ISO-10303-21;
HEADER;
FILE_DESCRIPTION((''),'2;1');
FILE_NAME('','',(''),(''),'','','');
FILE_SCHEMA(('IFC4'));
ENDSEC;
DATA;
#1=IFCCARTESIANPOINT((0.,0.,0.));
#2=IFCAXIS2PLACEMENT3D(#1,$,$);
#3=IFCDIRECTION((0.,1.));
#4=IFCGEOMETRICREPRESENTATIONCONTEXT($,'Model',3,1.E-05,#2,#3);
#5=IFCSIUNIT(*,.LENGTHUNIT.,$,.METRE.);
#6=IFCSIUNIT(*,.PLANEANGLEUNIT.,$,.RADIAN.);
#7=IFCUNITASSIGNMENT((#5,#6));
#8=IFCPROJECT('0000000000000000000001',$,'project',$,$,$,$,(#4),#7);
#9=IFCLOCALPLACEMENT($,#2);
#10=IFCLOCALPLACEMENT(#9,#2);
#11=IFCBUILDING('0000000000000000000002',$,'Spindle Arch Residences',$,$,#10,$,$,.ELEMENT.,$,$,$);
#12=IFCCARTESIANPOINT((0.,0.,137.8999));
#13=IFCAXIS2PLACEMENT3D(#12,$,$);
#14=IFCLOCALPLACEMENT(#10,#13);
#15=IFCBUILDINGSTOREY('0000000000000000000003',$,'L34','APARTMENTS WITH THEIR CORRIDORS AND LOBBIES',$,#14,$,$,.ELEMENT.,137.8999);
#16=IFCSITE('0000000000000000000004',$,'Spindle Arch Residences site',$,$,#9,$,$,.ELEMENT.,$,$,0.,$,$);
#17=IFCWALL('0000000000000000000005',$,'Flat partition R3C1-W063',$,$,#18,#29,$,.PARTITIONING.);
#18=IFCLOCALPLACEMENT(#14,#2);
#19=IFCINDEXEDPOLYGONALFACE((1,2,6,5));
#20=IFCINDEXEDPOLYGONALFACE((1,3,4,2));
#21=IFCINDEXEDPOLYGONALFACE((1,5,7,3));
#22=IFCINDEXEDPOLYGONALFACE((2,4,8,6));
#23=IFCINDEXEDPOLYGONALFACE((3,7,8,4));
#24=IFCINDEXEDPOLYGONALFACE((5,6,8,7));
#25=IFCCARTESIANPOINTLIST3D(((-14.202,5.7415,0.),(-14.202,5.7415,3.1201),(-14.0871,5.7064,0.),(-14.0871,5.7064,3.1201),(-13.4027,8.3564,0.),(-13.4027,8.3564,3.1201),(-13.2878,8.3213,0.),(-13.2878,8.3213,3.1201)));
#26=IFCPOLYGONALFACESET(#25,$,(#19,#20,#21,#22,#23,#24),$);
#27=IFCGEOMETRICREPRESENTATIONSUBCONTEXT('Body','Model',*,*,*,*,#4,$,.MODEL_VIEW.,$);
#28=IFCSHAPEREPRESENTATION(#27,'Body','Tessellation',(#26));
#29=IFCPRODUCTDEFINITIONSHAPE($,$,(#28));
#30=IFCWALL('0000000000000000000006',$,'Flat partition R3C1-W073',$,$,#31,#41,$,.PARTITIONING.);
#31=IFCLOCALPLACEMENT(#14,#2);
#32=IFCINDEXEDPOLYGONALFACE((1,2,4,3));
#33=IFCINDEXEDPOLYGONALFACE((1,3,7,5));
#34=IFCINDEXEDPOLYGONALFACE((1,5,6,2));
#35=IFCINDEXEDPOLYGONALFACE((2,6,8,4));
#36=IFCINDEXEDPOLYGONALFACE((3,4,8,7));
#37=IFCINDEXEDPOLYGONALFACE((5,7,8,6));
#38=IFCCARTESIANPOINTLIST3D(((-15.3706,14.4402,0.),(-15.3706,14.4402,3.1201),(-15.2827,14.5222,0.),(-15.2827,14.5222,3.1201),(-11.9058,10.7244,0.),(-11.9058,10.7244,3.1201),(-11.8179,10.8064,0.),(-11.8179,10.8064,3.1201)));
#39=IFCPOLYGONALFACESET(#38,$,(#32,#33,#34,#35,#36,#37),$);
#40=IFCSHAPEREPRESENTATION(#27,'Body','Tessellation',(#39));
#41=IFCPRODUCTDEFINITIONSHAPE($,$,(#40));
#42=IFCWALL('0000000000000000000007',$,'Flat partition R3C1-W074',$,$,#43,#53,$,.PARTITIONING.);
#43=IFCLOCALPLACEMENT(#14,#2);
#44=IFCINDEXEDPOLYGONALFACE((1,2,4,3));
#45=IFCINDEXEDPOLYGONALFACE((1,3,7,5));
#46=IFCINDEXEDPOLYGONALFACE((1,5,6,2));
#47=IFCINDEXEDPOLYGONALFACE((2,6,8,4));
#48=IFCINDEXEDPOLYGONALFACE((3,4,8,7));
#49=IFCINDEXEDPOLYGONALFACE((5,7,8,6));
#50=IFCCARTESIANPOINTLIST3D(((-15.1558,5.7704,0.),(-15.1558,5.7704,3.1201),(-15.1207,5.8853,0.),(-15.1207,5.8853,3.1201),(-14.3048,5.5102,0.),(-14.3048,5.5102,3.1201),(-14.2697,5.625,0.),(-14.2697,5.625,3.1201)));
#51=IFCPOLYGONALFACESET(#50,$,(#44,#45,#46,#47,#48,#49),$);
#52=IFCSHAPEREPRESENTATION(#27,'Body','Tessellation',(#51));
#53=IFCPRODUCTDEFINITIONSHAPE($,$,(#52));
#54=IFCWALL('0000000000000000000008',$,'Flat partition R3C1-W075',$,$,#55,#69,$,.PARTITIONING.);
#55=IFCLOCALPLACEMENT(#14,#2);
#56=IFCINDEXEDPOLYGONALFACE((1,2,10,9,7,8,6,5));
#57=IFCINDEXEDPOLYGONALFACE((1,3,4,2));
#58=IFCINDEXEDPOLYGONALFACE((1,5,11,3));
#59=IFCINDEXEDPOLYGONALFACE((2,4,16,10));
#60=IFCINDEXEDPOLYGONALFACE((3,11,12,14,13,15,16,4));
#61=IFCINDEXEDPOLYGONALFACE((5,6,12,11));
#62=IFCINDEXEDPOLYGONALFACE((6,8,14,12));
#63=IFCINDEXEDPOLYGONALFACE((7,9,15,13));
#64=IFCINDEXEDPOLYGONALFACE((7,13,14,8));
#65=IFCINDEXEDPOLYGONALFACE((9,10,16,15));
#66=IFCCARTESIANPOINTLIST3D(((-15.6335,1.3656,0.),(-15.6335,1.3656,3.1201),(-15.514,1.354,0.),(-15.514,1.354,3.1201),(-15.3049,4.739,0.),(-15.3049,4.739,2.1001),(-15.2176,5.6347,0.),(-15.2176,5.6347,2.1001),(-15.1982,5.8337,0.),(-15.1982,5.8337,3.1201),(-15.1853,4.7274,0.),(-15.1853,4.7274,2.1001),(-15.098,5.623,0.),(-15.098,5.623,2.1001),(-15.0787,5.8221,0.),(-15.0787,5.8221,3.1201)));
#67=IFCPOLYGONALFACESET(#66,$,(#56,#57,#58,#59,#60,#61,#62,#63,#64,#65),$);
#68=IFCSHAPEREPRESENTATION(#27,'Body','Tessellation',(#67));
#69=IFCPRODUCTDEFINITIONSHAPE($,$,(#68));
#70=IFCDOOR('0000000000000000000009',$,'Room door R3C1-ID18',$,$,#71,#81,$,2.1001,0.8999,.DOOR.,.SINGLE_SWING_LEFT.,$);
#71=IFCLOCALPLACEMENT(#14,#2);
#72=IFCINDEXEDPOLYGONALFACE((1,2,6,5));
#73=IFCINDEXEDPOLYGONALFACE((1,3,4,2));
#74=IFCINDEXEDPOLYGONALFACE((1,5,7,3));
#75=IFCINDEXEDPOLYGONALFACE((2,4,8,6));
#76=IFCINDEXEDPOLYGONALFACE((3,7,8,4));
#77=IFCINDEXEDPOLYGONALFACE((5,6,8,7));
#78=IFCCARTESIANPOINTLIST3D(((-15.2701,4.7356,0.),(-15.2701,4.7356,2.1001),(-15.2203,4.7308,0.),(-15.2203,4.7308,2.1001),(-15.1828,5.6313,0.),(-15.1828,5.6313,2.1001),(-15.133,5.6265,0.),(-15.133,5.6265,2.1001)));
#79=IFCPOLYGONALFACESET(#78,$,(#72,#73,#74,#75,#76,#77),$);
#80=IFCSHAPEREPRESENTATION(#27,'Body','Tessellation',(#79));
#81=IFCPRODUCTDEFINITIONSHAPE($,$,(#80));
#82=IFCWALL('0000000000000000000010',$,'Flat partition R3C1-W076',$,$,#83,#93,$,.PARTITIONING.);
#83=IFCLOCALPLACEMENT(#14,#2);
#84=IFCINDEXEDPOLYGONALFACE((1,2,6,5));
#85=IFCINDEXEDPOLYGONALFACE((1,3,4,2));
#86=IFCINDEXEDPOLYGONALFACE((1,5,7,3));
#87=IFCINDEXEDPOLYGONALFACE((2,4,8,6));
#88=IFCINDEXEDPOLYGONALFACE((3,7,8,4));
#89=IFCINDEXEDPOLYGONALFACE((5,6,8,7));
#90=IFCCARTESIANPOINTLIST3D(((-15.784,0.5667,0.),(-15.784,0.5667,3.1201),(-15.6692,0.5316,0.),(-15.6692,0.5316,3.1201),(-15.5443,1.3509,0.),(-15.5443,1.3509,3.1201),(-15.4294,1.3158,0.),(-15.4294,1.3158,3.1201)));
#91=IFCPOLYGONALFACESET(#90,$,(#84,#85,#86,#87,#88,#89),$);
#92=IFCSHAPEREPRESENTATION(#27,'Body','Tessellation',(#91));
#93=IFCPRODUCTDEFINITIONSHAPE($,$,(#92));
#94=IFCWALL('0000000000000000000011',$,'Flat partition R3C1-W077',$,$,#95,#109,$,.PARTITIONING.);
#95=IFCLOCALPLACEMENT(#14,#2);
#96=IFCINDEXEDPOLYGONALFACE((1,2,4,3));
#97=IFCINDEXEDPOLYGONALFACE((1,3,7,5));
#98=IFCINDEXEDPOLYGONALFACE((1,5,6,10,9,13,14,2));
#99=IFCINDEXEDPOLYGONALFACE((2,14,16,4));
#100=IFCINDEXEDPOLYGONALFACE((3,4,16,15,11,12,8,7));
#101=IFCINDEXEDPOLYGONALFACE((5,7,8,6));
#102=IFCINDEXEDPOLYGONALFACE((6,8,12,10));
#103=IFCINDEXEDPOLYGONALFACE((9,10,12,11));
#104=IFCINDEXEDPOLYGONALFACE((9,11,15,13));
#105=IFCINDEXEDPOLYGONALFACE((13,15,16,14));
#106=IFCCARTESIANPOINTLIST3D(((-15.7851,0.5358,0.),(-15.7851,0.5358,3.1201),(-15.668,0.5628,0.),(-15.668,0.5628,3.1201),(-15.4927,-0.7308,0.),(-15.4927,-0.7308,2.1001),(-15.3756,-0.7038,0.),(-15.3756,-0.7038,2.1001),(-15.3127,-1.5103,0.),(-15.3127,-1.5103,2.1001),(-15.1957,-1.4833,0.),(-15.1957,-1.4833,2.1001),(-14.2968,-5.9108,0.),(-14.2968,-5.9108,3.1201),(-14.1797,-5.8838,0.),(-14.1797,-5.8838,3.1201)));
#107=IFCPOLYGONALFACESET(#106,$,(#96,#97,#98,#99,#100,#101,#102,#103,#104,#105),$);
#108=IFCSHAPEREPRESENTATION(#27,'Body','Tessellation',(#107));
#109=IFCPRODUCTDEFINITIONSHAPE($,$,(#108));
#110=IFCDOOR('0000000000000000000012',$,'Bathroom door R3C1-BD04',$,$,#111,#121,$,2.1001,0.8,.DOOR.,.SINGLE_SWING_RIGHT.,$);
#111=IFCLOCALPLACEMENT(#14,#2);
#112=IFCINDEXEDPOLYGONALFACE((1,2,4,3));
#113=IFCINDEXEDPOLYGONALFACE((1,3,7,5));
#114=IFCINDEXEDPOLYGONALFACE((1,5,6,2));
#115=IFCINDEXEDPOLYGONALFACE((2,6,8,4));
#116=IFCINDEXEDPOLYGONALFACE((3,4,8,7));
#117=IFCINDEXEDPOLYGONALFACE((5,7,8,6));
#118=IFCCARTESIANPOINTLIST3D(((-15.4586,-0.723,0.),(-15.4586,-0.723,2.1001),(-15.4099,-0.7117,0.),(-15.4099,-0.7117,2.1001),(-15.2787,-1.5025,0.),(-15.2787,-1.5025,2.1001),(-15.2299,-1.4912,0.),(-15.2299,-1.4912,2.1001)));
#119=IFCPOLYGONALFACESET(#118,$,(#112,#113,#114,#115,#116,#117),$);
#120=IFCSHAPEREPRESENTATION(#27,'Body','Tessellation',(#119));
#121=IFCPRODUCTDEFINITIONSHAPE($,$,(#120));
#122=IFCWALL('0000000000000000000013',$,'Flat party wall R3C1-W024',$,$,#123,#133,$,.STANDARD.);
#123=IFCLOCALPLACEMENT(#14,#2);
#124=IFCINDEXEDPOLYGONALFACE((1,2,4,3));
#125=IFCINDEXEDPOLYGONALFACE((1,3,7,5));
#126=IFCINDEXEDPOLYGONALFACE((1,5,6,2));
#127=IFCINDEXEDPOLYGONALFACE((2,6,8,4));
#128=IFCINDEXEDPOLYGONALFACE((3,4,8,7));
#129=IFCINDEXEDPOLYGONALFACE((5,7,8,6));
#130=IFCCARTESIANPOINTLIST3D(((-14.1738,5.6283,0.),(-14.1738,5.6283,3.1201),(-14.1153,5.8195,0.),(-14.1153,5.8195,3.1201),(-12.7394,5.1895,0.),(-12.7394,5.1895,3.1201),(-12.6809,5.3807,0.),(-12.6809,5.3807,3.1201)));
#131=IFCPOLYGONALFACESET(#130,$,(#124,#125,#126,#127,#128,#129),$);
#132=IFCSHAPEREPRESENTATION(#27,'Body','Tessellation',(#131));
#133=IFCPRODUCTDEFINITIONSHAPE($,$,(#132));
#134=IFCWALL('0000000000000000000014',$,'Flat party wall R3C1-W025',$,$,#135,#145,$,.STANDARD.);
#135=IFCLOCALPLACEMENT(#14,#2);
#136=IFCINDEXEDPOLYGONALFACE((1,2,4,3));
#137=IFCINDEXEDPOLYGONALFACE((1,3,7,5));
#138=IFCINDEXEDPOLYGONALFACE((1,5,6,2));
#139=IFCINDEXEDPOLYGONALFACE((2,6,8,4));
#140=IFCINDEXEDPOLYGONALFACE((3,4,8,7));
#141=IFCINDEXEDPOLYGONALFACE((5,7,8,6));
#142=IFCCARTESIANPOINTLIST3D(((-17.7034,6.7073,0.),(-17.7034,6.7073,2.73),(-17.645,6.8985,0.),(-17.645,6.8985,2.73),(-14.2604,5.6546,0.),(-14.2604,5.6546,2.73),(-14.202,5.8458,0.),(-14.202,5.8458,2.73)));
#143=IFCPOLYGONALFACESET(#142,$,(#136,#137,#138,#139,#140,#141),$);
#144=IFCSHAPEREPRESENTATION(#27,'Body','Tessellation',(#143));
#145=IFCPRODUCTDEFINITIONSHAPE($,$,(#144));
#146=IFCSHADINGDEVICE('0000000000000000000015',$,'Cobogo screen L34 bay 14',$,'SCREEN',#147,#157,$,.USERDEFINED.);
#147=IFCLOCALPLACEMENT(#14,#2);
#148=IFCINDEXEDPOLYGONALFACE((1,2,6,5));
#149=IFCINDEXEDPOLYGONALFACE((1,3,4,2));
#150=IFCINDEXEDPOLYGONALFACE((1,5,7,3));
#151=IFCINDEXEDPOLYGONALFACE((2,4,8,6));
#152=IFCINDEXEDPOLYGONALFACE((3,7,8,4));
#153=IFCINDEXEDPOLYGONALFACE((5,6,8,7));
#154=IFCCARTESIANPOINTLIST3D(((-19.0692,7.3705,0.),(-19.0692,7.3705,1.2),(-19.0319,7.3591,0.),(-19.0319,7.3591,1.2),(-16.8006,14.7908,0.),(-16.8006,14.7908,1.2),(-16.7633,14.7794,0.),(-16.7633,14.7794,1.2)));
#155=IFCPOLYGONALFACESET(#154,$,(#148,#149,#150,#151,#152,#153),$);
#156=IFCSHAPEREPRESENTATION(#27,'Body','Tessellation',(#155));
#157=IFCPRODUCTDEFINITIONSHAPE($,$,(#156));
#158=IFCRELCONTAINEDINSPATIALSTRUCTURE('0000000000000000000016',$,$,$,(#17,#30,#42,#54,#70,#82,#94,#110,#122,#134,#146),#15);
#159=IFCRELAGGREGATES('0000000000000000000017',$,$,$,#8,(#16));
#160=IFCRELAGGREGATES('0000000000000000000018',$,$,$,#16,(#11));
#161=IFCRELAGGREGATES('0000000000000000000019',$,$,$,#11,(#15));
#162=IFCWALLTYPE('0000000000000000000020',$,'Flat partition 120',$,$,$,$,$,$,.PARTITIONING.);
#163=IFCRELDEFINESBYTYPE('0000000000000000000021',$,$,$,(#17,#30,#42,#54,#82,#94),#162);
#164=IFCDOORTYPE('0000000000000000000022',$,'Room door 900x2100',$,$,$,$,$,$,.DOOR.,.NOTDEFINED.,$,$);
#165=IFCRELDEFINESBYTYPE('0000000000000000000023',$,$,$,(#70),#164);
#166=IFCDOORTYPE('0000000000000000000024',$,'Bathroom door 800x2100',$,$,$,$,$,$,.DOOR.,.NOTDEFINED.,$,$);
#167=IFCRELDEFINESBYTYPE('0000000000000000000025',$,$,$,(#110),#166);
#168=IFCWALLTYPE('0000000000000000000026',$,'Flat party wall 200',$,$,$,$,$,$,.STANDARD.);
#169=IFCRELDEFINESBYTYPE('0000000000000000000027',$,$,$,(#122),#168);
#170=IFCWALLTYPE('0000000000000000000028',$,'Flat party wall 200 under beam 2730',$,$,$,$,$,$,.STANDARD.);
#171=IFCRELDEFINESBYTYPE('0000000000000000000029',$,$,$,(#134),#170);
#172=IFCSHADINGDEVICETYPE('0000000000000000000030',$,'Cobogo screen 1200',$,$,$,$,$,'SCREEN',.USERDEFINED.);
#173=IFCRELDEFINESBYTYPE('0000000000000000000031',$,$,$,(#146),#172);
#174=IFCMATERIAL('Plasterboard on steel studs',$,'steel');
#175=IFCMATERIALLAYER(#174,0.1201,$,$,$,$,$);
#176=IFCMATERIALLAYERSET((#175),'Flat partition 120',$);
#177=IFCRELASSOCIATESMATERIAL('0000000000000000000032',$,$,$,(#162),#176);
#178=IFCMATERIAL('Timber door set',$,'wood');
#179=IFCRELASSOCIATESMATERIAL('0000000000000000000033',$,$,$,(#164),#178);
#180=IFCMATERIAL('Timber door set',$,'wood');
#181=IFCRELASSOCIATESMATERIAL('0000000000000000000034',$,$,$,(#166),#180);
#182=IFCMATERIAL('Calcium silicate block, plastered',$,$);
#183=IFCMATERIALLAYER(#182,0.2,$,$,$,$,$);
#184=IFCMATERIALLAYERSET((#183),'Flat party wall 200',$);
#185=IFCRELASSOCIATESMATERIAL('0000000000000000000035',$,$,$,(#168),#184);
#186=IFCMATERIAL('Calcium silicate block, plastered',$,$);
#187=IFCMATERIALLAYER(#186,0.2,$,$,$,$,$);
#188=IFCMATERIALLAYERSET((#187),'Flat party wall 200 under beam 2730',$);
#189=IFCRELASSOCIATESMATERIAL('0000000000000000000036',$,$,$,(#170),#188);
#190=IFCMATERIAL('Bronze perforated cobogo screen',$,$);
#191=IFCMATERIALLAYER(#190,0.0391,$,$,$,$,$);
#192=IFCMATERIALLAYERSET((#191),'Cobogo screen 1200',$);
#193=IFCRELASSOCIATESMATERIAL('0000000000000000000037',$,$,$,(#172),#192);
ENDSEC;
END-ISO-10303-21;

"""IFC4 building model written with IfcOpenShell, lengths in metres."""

from ifc_helpers import new_model, si_unit, direction, frame, frame_2d, origin, origin_2d, place, context, subcontext, project, spatial, rectangle, extrude, material, layer, layer_set, type_object, element, fill, save


model = new_model("IFC4")

# Units and contexts
model_context = context("Model", 3, precision=1e-05, world=origin(), true_north=direction((0.0, 1.0)))
body_context = subcontext(model_context, "Body", "Model", "MODEL_VIEW")
ifc_project = project(units=[si_unit("LENGTHUNIT", "METRE"), si_unit("PLANEANGLEUNIT", "RADIAN")], contexts=[model_context])

# Site, building, storey
site_placement = place(None, origin())
site = spatial("IfcSite", under=ifc_project, at=site_placement, Name="Spindle Arch Residences site", CompositionType="ELEMENT", RefElevation=0.0)
building_placement = place(site_placement, origin())
building = spatial("IfcBuilding", under=site, at=building_placement, Name="Spindle Arch Residences", CompositionType="ELEMENT")
storey_placement = place(building_placement, frame((0.0, 0.0, 137.8999)))
storey = spatial("IfcBuildingStorey", under=building, at=storey_placement, Name="L34", Description="APARTMENTS WITH THEIR CORRIDORS AND LOBBIES", CompositionType="ELEMENT", Elevation=137.8999)

# Walls
ifc_material_1 = material(Name="Plasterboard on steel studs", Category="steel")
ifc_layer_1 = layer(ifc_material_1, 0.1201)
ifc_layer_set_1 = layer_set([ifc_layer_1], Name="Flat partition 120")
wall_type_1 = type_object("IfcWallType", Name="Flat partition 120", PredefinedType="PARTITIONING", material=ifc_layer_set_1)
wall_1_placement = place(storey_placement, frame((-13.3452, 8.3389, 0.0), z_axis=(0.0, 0.0, 1.0), x_axis=(-0.292316, -0.956322, 0.0)))
element("IfcWall", 1, at=wall_1_placement, inside=storey, type_object=wall_type_1, Name="Flat partition R3C1-W063", PredefinedType="PARTITIONING", context=body_context, shape_type="SweptSolid", body=[
    extrude(rectangle(XDim=2.7344, YDim=0.1201, at=frame_2d((1.3672, 0.0))), origin(), (0.0, 0.0, 1.0), 3.1201),
])
wall_2_placement = place(storey_placement, frame((-15.3267, 14.4812, 0.0), z_axis=(0.0, 0.0, 1.0), x_axis=(0.681976, -0.731375, 0.0)))
element("IfcWall", 2, at=wall_2_placement, inside=storey, type_object=wall_type_1, Name="Flat partition R3C1-W073", PredefinedType="PARTITIONING", context=body_context, shape_type="SweptSolid", body=[
    extrude(rectangle(XDim=5.0806, YDim=0.1201, at=frame_2d((2.5403, 0.0))), origin(), (0.0, 0.0, 1.0), 3.1201),
])
wall_3_placement = place(storey_placement, frame((-14.2874, 5.5676, 0.0), z_axis=(0.0, 0.0, 1.0), x_axis=(-0.956288, 0.292428, 0.0)))
element("IfcWall", 3, at=wall_3_placement, inside=storey, type_object=wall_type_1, Name="Flat partition R3C1-W074", PredefinedType="PARTITIONING", context=body_context, shape_type="SweptSolid", body=[
    extrude(rectangle(XDim=0.8899, YDim=0.1201, at=frame_2d((0.4448, 0.0))), origin(), (0.0, 0.0, 1.0), 3.1201),
])

# Wall, opening, door
wall_4_placement = place(storey_placement, frame((-15.1384, 5.8279, 0.0), z_axis=(0.0, 0.0, 1.0), x_axis=(-0.096967, -0.995288, 0.0)))
wall_4 = element("IfcWall", 4, at=wall_4_placement, inside=storey, type_object=wall_type_1, Name="Flat partition R3C1-W075", PredefinedType="PARTITIONING", context=body_context, shape_type="SweptSolid", body=[
    extrude(rectangle(XDim=4.4893, YDim=0.1201, at=frame_2d((2.2446, 0.0))), origin(), (0.0, 0.0, 1.0), 3.1201),
])
opening_1_placement = place(wall_4_placement, frame((0.2, 0.0, 0.0)))
opening_1 = element("IfcOpeningElement", 5, at=opening_1_placement, cuts=wall_4, PredefinedType="OPENING", context=body_context, shape_type="SweptSolid", body=[
    extrude(rectangle(XDim=0.8999, YDim=2.1001, at=frame_2d((0.45, 1.05))), frame((0.0, 0.0701, 0.0), z_axis=(0.0, -1.0, 0.0), x_axis=(1.0, 0.0, 0.0)), (0.0, 0.0, 1.0), 0.1401),
])
ifc_material_2 = material(Name="Timber door set", Category="wood")
door_type_1 = type_object("IfcDoorType", Name="Room door 900x2100", OperationType="NOTDEFINED", PredefinedType="DOOR", material=ifc_material_2)
door_1_placement = place(opening_1_placement, origin())
door_1 = element("IfcDoor", 6, at=door_1_placement, inside=storey, type_object=door_type_1, Name="Room door R3C1-ID18", OperationType="SINGLE_SWING_LEFT", OverallHeight=2.1001, OverallWidth=0.8999, PredefinedType="DOOR", context=body_context, shape_type="SweptSolid", body=[
    extrude(rectangle(XDim=0.8999, YDim=2.1001, at=frame_2d((0.45, 1.05))), frame((0.0, 0.0249, 0.0), z_axis=(0.0, -1.0, 0.0), x_axis=(1.0, 0.0, 0.0)), (0.0, 0.0, 1.0), 0.05),
])
fill(opening_1, door_1)

# Wall
wall_5_placement = place(storey_placement, frame((-15.4868, 1.3335, 0.0), z_axis=(0.0, 0.0, 1.0), x_axis=(-0.29237, -0.956305, 0.0)))
element("IfcWall", 7, at=wall_5_placement, inside=storey, type_object=wall_type_1, Name="Flat partition R3C1-W076", PredefinedType="PARTITIONING", context=body_context, shape_type="SweptSolid", body=[
    extrude(rectangle(XDim=0.8201, YDim=0.1201, at=frame_2d((0.4102, 0.0))), origin(), (0.0, 0.0, 1.0), 3.1201),
])

# Wall, opening, door
wall_6_placement = place(storey_placement, frame((-15.7266, 0.5493, 0.0), z_axis=(0.0, 0.0, 1.0), x_axis=(0.224948, -0.974371, 0.0)))
wall_6 = element("IfcWall", 8, at=wall_6_placement, inside=storey, type_object=wall_type_1, Name="Flat partition R3C1-W077", PredefinedType="PARTITIONING", context=body_context, shape_type="SweptSolid", body=[
    extrude(rectangle(XDim=6.6162, YDim=0.1201, at=frame_2d((3.3081, 0.0))), origin(), (0.0, 0.0, 1.0), 3.1201),
])
opening_2_placement = place(wall_6_placement, frame((1.3, 0.0, 0.0)))
opening_2 = element("IfcOpeningElement", 9, at=opening_2_placement, cuts=wall_6, PredefinedType="OPENING", context=body_context, shape_type="SweptSolid", body=[
    extrude(rectangle(XDim=0.8, YDim=2.1001, at=frame_2d((0.3999, 1.05))), frame((0.0, 0.0701, 0.0), z_axis=(0.0, -1.0, 0.0), x_axis=(1.0, 0.0, 0.0)), (0.0, 0.0, 1.0), 0.1401),
])
ifc_material_3 = material(Name="Timber door set", Category="wood")
door_type_2 = type_object("IfcDoorType", Name="Bathroom door 800x2100", OperationType="NOTDEFINED", PredefinedType="DOOR", material=ifc_material_3)
door_2_placement = place(opening_2_placement, origin())
door_2 = element("IfcDoor", 10, at=door_2_placement, inside=storey, type_object=door_type_2, Name="Bathroom door R3C1-BD04", OperationType="SINGLE_SWING_RIGHT", OverallHeight=2.1001, OverallWidth=0.8, PredefinedType="DOOR", context=body_context, shape_type="SweptSolid", body=[
    extrude(rectangle(XDim=0.8, YDim=2.1001, at=frame_2d((0.3999, 1.05))), frame((0.0, 0.0249, 0.0), z_axis=(0.0, -1.0, 0.0), x_axis=(1.0, 0.0, 0.0)), (0.0, 0.0, 1.0), 0.05),
])
fill(opening_2, door_2)

# Walls
ifc_material_4 = material(Name="Calcium silicate block, plastered")
ifc_layer_2 = layer(ifc_material_4, 0.2)
ifc_layer_set_2 = layer_set([ifc_layer_2], Name="Flat party wall 200")
wall_type_2 = type_object("IfcWallType", Name="Flat party wall 200", PredefinedType="STANDARD", material=ifc_layer_set_2)
wall_7_placement = place(storey_placement, frame((-14.1445, 5.7239, 0.0), z_axis=(0.0, 0.0, 1.0), x_axis=(0.956267, -0.292496, 0.0)))
element("IfcWall", 11, at=wall_7_placement, inside=storey, type_object=wall_type_2, Name="Flat party wall R3C1-W024", PredefinedType="STANDARD", context=body_context, shape_type="SweptSolid", body=[
    extrude(rectangle(XDim=1.5, YDim=0.2, at=frame_2d((0.75, 0.0))), origin(), (0.0, 0.0, 1.0), 3.1201),
])
ifc_material_5 = material(Name="Calcium silicate block, plastered")
ifc_layer_3 = layer(ifc_material_5, 0.2)
ifc_layer_set_3 = layer_set([ifc_layer_3], Name="Flat party wall 200 under beam 2730")
wall_type_3 = type_object("IfcWallType", Name="Flat party wall 200 under beam 2730", PredefinedType="STANDARD", material=ifc_layer_set_3)
wall_8_placement = place(storey_placement, frame((-17.6743, 6.803, 0.0), z_axis=(0.0, 0.0, 1.0), x_axis=(0.956294, -0.292408, 0.0)))
element("IfcWall", 12, at=wall_8_placement, inside=storey, type_object=wall_type_3, Name="Flat party wall R3C1-W025", PredefinedType="STANDARD", context=body_context, shape_type="SweptSolid", body=[
    extrude(rectangle(XDim=3.6003, YDim=0.2, at=frame_2d((1.8003, 0.0))), origin(), (0.0, 0.0, 1.0), 2.73),
])

# Shading device
ifc_material_6 = material(Name="Bronze perforated cobogo screen")
ifc_layer_4 = layer(ifc_material_6, 0.0391)
ifc_layer_set_4 = layer_set([ifc_layer_4], Name="Cobogo screen 1200")
shading_device_type = type_object("IfcShadingDeviceType", Name="Cobogo screen 1200", ElementType="SCREEN", PredefinedType="USERDEFINED", material=ifc_layer_set_4)
shading_device_placement = place(storey_placement, frame((-17.9163, 11.075, 0.0), z_axis=(0.0, 0.0, 1.0), x_axis=(-0.292372, -0.956305, 0.0)))
element("IfcShadingDevice", 13, at=shading_device_placement, inside=storey, type_object=shading_device_type, Name="Cobogo screen L34 bay 14", ObjectType="SCREEN", PredefinedType="USERDEFINED", context=body_context, shape_type="SweptSolid", body=[
    extrude(rectangle(XDim=7.7593, YDim=0.0391, at=origin_2d()), origin(), (0.0, 0.0, 1.0), 1.2),
])

save(model, "model.ifc")
